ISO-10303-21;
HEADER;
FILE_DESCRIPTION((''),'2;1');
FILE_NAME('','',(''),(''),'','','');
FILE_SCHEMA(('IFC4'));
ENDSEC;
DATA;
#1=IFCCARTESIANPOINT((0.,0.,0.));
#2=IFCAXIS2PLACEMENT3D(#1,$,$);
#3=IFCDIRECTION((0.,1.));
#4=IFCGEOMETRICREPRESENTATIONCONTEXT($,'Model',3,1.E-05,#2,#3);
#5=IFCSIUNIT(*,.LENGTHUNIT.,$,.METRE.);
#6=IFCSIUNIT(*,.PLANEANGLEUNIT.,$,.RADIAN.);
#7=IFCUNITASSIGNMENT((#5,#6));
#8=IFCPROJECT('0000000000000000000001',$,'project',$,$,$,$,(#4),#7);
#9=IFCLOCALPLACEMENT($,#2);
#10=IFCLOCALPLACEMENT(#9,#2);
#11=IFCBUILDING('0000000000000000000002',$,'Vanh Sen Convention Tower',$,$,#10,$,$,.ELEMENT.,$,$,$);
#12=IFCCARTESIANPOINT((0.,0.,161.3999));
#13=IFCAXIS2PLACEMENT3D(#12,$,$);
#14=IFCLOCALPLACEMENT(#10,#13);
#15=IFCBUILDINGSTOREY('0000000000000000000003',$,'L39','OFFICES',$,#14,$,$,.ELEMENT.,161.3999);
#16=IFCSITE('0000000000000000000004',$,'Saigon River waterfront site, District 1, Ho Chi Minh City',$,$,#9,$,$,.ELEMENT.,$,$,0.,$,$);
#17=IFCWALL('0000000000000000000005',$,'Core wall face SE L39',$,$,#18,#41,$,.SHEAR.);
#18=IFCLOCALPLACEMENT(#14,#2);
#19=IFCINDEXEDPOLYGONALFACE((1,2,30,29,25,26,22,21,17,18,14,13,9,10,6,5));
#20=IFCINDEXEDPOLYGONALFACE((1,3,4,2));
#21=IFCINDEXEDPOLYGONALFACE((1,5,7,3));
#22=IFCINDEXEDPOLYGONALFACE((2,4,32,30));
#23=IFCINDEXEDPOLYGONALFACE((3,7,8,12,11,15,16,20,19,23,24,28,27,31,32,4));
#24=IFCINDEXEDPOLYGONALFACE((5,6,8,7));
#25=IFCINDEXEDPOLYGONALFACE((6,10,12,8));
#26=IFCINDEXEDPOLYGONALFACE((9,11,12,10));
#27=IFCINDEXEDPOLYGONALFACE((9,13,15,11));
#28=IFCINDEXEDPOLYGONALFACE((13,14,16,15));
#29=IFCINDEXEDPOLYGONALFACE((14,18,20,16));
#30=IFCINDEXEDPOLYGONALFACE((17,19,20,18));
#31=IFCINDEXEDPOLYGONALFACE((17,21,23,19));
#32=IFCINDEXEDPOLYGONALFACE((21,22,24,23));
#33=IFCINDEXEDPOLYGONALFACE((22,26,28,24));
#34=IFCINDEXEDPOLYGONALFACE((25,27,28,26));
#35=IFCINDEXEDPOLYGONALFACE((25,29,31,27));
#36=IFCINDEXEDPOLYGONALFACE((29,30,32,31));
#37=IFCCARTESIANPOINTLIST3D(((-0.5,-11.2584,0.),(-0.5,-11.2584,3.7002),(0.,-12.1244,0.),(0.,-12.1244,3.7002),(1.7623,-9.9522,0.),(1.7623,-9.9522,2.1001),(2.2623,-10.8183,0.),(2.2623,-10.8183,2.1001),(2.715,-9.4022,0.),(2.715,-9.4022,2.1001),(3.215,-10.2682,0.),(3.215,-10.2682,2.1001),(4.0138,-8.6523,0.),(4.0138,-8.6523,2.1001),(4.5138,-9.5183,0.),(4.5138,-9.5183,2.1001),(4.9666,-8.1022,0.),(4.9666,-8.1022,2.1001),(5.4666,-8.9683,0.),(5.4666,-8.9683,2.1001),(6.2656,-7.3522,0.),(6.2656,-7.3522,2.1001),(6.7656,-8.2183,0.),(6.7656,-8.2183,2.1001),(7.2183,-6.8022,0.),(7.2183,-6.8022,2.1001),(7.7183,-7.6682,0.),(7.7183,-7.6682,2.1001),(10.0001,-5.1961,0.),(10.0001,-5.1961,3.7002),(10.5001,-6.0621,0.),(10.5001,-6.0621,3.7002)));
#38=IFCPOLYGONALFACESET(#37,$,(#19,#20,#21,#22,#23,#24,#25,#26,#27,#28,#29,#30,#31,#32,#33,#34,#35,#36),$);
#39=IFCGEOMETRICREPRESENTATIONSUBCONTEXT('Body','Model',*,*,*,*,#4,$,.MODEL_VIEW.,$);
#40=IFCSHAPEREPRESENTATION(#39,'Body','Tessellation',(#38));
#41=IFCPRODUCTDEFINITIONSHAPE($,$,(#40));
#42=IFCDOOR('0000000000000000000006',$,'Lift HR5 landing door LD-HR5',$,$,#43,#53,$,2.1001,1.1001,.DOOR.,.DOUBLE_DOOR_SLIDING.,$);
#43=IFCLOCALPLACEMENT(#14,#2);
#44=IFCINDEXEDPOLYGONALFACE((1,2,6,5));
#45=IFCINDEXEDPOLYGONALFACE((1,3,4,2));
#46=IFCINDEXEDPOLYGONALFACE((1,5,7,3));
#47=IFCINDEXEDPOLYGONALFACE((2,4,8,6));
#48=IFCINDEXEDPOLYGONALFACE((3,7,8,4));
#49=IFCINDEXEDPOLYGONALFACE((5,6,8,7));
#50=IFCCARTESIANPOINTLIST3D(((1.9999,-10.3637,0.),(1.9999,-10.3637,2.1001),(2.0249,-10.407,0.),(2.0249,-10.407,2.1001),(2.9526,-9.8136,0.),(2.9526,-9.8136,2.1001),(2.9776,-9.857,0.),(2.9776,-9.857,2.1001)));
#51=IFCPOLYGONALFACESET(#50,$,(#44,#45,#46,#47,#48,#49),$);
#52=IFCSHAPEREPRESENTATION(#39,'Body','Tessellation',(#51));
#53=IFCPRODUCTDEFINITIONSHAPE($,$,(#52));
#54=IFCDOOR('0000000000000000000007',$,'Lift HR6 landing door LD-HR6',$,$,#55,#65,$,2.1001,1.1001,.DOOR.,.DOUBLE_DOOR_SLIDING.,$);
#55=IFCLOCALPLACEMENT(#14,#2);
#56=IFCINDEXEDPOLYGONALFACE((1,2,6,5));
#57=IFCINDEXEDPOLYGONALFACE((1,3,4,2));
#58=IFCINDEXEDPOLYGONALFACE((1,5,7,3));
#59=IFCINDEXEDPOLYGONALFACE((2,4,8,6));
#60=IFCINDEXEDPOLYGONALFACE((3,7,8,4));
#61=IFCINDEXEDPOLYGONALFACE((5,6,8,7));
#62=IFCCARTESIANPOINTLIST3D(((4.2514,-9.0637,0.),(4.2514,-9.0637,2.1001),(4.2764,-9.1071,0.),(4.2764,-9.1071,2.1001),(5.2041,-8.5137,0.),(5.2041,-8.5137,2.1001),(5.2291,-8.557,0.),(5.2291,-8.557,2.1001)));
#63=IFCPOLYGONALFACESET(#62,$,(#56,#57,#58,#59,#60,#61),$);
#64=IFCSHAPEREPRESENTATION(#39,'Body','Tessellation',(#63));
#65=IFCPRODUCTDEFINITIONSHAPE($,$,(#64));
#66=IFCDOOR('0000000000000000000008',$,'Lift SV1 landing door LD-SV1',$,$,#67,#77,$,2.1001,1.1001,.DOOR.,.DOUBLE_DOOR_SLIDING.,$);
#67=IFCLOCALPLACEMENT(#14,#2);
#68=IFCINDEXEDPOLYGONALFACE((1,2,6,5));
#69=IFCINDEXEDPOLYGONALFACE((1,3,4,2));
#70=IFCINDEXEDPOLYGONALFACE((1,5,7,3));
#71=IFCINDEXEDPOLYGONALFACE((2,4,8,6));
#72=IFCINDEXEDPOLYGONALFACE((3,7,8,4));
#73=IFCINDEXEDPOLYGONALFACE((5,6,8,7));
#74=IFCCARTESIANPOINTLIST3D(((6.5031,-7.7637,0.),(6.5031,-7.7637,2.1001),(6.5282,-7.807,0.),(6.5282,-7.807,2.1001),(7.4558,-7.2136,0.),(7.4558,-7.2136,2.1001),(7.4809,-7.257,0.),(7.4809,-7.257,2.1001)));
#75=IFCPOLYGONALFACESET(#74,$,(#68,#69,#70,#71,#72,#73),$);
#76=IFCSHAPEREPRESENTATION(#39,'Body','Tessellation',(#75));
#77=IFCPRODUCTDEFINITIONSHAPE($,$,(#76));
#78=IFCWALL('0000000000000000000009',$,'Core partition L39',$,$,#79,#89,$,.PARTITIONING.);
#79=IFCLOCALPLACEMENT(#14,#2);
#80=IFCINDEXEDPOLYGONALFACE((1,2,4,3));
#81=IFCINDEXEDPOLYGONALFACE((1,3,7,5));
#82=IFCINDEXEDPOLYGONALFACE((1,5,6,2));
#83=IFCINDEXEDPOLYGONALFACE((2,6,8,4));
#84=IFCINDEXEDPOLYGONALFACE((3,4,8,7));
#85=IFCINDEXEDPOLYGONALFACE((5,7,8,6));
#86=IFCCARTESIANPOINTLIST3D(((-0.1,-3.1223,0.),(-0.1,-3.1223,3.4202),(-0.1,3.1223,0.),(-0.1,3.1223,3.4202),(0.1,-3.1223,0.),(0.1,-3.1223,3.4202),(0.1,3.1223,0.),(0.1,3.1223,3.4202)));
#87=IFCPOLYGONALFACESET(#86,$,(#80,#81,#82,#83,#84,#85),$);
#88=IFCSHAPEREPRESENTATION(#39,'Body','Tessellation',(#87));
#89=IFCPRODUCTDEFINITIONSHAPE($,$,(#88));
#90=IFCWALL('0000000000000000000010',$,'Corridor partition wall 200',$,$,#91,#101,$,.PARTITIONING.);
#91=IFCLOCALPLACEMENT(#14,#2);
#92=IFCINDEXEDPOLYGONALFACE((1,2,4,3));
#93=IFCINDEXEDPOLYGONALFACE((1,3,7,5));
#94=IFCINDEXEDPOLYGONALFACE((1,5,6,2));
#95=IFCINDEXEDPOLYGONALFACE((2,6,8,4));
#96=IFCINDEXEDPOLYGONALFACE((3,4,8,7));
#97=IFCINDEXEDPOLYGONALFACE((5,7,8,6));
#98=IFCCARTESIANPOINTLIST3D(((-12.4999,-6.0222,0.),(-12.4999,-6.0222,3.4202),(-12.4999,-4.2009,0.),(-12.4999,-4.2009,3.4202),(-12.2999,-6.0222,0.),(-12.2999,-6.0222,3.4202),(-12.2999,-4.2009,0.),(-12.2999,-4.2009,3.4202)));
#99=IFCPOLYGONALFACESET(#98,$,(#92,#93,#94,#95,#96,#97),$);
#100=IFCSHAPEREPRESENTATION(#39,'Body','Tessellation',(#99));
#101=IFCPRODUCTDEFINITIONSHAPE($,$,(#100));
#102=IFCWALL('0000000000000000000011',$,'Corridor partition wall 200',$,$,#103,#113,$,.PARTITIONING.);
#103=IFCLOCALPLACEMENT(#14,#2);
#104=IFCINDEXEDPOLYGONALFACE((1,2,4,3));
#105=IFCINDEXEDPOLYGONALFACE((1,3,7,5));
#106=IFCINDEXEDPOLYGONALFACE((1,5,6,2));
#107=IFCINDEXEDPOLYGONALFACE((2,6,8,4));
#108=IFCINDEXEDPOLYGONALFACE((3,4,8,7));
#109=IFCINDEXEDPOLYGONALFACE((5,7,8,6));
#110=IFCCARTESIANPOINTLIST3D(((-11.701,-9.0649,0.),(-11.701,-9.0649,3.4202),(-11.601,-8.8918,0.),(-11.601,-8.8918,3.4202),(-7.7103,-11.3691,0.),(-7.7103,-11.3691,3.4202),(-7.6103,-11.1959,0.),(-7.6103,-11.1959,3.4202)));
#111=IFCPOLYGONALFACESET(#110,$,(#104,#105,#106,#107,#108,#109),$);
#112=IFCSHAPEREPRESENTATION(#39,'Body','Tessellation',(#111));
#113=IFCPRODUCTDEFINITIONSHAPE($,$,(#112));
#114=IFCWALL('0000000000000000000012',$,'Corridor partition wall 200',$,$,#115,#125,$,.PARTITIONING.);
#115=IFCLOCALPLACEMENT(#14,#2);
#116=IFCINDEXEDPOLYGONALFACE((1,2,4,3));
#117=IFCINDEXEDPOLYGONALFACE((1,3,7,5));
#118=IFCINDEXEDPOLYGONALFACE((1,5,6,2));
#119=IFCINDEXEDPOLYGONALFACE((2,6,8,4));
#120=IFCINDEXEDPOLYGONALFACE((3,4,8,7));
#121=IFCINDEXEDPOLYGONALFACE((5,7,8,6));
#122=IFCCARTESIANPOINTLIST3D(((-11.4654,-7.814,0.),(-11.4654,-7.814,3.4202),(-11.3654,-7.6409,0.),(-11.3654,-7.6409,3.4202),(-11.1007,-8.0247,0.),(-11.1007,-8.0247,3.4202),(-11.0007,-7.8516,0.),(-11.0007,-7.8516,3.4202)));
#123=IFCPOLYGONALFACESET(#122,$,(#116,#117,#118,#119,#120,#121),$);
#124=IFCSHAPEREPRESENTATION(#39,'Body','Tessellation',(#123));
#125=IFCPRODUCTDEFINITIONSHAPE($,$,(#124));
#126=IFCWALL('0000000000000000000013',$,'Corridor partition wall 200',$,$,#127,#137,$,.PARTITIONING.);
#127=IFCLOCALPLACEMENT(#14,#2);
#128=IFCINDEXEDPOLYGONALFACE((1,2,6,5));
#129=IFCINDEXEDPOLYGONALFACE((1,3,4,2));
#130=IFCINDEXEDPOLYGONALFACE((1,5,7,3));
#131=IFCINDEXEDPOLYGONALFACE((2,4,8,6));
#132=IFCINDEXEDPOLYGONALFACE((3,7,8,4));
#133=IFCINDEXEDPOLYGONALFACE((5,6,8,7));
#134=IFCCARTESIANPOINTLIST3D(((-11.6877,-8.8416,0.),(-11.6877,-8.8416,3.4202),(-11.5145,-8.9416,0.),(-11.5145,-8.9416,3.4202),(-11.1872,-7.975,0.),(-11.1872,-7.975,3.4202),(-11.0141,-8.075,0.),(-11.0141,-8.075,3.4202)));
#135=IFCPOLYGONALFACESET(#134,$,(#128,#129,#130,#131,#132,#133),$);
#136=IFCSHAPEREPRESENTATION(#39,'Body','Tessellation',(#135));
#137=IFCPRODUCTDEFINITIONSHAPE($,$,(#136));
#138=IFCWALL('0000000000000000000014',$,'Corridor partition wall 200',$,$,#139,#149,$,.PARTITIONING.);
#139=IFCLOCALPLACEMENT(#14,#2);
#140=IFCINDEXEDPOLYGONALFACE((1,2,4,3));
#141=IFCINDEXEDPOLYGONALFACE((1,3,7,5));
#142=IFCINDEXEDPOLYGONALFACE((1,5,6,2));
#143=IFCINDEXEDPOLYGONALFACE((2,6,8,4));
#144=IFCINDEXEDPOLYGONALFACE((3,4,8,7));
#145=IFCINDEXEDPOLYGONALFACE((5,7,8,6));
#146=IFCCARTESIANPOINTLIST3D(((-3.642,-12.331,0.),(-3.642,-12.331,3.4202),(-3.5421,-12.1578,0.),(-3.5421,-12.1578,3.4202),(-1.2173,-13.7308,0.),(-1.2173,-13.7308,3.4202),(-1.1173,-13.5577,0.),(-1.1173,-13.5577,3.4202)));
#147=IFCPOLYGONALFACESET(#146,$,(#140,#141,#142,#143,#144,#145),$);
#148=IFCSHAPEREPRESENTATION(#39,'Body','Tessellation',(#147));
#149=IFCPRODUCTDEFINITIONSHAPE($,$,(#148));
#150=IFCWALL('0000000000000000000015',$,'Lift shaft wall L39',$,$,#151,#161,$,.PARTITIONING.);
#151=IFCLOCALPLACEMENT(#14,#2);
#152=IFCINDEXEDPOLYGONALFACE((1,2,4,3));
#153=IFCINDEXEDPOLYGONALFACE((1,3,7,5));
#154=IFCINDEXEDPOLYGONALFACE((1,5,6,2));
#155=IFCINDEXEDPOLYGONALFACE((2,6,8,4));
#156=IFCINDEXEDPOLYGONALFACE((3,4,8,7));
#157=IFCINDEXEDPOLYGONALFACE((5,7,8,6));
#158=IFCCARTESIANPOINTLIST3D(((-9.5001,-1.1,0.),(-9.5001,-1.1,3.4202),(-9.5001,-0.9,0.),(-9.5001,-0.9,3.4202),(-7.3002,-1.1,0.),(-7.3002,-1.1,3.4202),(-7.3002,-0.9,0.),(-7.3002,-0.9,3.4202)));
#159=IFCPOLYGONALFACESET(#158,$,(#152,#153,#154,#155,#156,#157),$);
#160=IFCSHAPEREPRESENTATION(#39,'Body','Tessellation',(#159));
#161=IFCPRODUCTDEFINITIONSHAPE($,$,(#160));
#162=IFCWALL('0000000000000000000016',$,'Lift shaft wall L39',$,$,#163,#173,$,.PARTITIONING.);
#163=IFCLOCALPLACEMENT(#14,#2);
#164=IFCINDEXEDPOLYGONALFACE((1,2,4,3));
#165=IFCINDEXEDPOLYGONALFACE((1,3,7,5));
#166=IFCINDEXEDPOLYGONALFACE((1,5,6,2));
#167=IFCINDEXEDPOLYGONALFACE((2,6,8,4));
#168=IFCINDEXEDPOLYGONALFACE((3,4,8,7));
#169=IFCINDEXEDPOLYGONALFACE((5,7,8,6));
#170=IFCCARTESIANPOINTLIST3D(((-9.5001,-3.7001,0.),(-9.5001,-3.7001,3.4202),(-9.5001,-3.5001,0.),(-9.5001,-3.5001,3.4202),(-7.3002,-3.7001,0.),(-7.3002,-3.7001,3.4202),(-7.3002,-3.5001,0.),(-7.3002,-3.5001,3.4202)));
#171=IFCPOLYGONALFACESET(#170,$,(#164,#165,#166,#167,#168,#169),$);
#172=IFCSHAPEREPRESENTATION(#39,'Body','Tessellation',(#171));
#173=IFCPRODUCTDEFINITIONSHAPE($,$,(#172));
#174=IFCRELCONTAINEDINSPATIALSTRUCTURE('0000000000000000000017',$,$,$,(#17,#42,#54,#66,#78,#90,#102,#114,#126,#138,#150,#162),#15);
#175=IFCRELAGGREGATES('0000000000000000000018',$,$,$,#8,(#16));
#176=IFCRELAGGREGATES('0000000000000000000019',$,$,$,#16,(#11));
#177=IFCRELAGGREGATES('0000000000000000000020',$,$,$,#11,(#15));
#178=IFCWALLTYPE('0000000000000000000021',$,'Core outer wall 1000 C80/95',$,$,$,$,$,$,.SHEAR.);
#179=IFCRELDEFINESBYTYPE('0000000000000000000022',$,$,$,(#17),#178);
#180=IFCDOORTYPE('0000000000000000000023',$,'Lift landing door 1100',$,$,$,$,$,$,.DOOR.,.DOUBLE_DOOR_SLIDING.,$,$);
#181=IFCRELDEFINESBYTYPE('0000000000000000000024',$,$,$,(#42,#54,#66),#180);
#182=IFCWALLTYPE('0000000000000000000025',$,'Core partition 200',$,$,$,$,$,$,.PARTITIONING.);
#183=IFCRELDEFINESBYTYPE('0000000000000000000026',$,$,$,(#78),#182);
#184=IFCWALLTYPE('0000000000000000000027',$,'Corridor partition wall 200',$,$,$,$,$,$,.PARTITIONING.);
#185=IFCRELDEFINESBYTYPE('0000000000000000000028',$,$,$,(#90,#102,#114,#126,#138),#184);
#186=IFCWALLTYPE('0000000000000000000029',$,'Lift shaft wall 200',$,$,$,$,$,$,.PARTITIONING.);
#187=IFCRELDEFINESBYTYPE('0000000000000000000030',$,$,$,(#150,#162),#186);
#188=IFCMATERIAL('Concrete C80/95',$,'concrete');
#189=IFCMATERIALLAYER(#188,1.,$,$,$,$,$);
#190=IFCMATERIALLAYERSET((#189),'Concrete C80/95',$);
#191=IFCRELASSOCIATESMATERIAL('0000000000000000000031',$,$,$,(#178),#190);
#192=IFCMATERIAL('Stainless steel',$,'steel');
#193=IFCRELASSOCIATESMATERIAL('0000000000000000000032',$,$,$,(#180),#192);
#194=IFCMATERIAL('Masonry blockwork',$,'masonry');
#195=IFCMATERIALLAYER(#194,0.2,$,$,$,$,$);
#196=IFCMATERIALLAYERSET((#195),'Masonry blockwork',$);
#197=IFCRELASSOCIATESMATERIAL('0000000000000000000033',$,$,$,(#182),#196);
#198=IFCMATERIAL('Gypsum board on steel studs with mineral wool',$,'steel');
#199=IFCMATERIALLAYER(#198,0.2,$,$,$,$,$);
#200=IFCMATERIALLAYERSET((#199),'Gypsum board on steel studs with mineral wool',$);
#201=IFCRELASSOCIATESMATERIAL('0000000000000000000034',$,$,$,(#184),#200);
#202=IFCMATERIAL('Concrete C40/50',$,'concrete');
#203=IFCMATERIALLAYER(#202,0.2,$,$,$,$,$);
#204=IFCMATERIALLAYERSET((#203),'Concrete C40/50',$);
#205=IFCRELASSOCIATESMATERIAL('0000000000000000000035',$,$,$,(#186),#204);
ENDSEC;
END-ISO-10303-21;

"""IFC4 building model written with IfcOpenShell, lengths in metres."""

from ifc_helpers import new_model, si_unit, direction, frame, frame_2d, origin, place, context, subcontext, project, spatial, rectangle, extrude, material, layer, layer_set, type_object, element, fill, save


model = new_model("IFC4")

# Units and contexts
model_context = context("Model", 3, precision=1e-05, world=origin(), true_north=direction((0.0, 1.0)))
body_context = subcontext(model_context, "Body", "Model", "MODEL_VIEW")
ifc_project = project(units=[si_unit("LENGTHUNIT", "METRE"), si_unit("PLANEANGLEUNIT", "RADIAN")], contexts=[model_context])

# Site, building, storey
site_placement = place(None, origin())
site = spatial("IfcSite", under=ifc_project, at=site_placement, Name="Saigon River waterfront site, District 1, Ho Chi Minh City", CompositionType="ELEMENT", RefElevation=0.0)
building_placement = place(site_placement, origin())
building = spatial("IfcBuilding", under=site, at=building_placement, Name="Vanh Sen Convention Tower", CompositionType="ELEMENT")
storey_placement = place(building_placement, frame((0.0, 0.0, 161.3999)))
storey = spatial("IfcBuildingStorey", under=building, at=storey_placement, Name="L39", Description="OFFICES", CompositionType="ELEMENT", Elevation=161.3999)

# Wall, openings, doors
ifc_material_1 = material(Name="Concrete C80/95", Category="concrete")
ifc_layer_1 = layer(ifc_material_1, 1.0)
ifc_layer_set_1 = layer_set([ifc_layer_1], Name="Concrete C80/95")
wall_type_1 = type_object("IfcWallType", Name="Core outer wall 1000 C80/95", PredefinedType="SHEAR", material=ifc_layer_set_1)
ifc_material_2 = material(Name="Stainless steel", Category="steel")
door_type_1 = type_object("IfcDoorType", Name="Lift landing door 1100", OperationType="DOUBLE_DOOR_SLIDING", PredefinedType="DOOR", material=ifc_material_2)
wall_1_placement = place(storey_placement, frame((-0.25, -11.6914, 0.0), z_axis=(0.0, 0.0, 1.0), x_axis=(0.866023, 0.500005, 0.0)))
wall_1 = element("IfcWall", 1, at=wall_1_placement, inside=storey, type_object=wall_type_1, Name="Core wall face SE L39", PredefinedType="SHEAR", context=body_context, shape_type="SweptSolid", body=[
    extrude(rectangle(XDim=12.1245, YDim=1.0, at=frame_2d((6.0623, 0.0))), origin(), (0.0, 0.0, 1.0), 3.7002),
])
opening_1_placement = place(wall_1_placement, frame((2.6123, 0.0, 0.0)))
opening_1 = element("IfcOpeningElement", 2, at=opening_1_placement, cuts=wall_1, PredefinedType="OPENING", context=body_context, shape_type="SweptSolid", body=[
    extrude(rectangle(XDim=1.1001, YDim=2.1001, at=frame_2d((0.55, 1.05))), frame((0.0, 0.51, 0.0), z_axis=(0.0, -1.0, 0.0), x_axis=(1.0, 0.0, 0.0)), (0.0, 0.0, 1.0), 1.02),
])
opening_2_placement = place(wall_1_placement, frame((5.2122, 0.0, 0.0)))
opening_2 = element("IfcOpeningElement", 3, at=opening_2_placement, cuts=wall_1, PredefinedType="OPENING", context=body_context, shape_type="SweptSolid", body=[
    extrude(rectangle(XDim=1.1001, YDim=2.1001, at=frame_2d((0.55, 1.05))), frame((0.0, 0.51, 0.0), z_axis=(0.0, -1.0, 0.0), x_axis=(1.0, 0.0, 0.0)), (0.0, 0.0, 1.0), 1.02),
])
opening_3_placement = place(wall_1_placement, frame((7.8123, 0.0, 0.0)))
opening_3 = element("IfcOpeningElement", 4, at=opening_3_placement, cuts=wall_1, PredefinedType="OPENING", context=body_context, shape_type="SweptSolid", body=[
    extrude(rectangle(XDim=1.1001, YDim=2.1001, at=frame_2d((0.55, 1.05))), frame((0.0, 0.51, 0.0), z_axis=(0.0, -1.0, 0.0), x_axis=(1.0, 0.0, 0.0)), (0.0, 0.0, 1.0), 1.02),
])
door_1_placement = place(opening_1_placement, origin())
door_1 = element("IfcDoor", 5, at=door_1_placement, inside=storey, type_object=door_type_1, Name="Lift HR5 landing door LD-HR5", OperationType="DOUBLE_DOOR_SLIDING", OverallHeight=2.1001, OverallWidth=1.1001, PredefinedType="DOOR", context=body_context, shape_type="SweptSolid", body=[
    extrude(rectangle(XDim=1.1001, YDim=2.1001, at=frame_2d((0.55, 1.05))), frame((0.0, 0.0249, 0.0), z_axis=(0.0, -1.0, 0.0), x_axis=(1.0, 0.0, 0.0)), (0.0, 0.0, 1.0), 0.05),
])
fill(opening_1, door_1)
door_2_placement = place(opening_2_placement, origin())
door_2 = element("IfcDoor", 6, at=door_2_placement, inside=storey, type_object=door_type_1, Name="Lift HR6 landing door LD-HR6", OperationType="DOUBLE_DOOR_SLIDING", OverallHeight=2.1001, OverallWidth=1.1001, PredefinedType="DOOR", context=body_context, shape_type="SweptSolid", body=[
    extrude(rectangle(XDim=1.1001, YDim=2.1001, at=frame_2d((0.55, 1.05))), frame((0.0, 0.0249, 0.0), z_axis=(0.0, -1.0, 0.0), x_axis=(1.0, 0.0, 0.0)), (0.0, 0.0, 1.0), 0.05),
])
fill(opening_2, door_2)
door_3_placement = place(opening_3_placement, origin())
door_3 = element("IfcDoor", 7, at=door_3_placement, inside=storey, type_object=door_type_1, Name="Lift SV1 landing door LD-SV1", OperationType="DOUBLE_DOOR_SLIDING", OverallHeight=2.1001, OverallWidth=1.1001, PredefinedType="DOOR", context=body_context, shape_type="SweptSolid", body=[
    extrude(rectangle(XDim=1.1001, YDim=2.1001, at=frame_2d((0.55, 1.05))), frame((0.0, 0.0249, 0.0), z_axis=(0.0, -1.0, 0.0), x_axis=(1.0, 0.0, 0.0)), (0.0, 0.0, 1.0), 0.05),
])
fill(opening_3, door_3)

# Walls
ifc_material_3 = material(Name="Masonry blockwork", Category="masonry")
ifc_layer_2 = layer(ifc_material_3, 0.2)
ifc_layer_set_2 = layer_set([ifc_layer_2], Name="Masonry blockwork")
wall_type_2 = type_object("IfcWallType", Name="Core partition 200", PredefinedType="PARTITIONING", material=ifc_layer_set_2)
wall_2_placement = place(storey_placement, frame((0.0, -3.1223, 0.0), z_axis=(0.0, 0.0, 1.0), x_axis=(0.0, 1.0, 0.0)))
element("IfcWall", 8, at=wall_2_placement, inside=storey, type_object=wall_type_2, Name="Core partition L39", PredefinedType="PARTITIONING", context=body_context, shape_type="SweptSolid", body=[
    extrude(rectangle(XDim=6.2446, YDim=0.2, at=frame_2d((3.1223, 0.0))), origin(), (0.0, 0.0, 1.0), 3.4202),
])
ifc_material_4 = material(Name="Gypsum board on steel studs with mineral wool", Category="steel")
ifc_layer_3 = layer(ifc_material_4, 0.2)
ifc_layer_set_3 = layer_set([ifc_layer_3], Name="Gypsum board on steel studs with mineral wool")
wall_type_3 = type_object("IfcWallType", Name="Corridor partition wall 200", PredefinedType="PARTITIONING", material=ifc_layer_set_3)
wall_3_placement = place(storey_placement, frame((-12.3999, -4.2009, 0.0), z_axis=(0.0, 0.0, 1.0), x_axis=(0.0, -1.0, 0.0)))
element("IfcWall", 9, at=wall_3_placement, inside=storey, type_object=wall_type_3, Name="Corridor partition wall 200", PredefinedType="PARTITIONING", context=body_context, shape_type="SweptSolid", body=[
    extrude(rectangle(XDim=1.8213, YDim=0.2, at=frame_2d((0.9106, 0.0))), origin(), (0.0, 0.0, 1.0), 3.4202),
])
wall_4_placement = place(storey_placement, frame((-11.6511, -8.9783, 0.0), z_axis=(0.0, 0.0, 1.0), x_axis=(0.866011, -0.500025, 0.0)))
element("IfcWall", 10, at=wall_4_placement, inside=storey, type_object=wall_type_3, Name="Corridor partition wall 200", PredefinedType="PARTITIONING", context=body_context, shape_type="SweptSolid", body=[
    extrude(rectangle(XDim=4.6082, YDim=0.2, at=frame_2d((2.3042, 0.0))), origin(), (0.0, 0.0, 1.0), 3.4202),
])
wall_5_placement = place(storey_placement, frame((-11.4153, -7.7275, 0.0), z_axis=(0.0, 0.0, 1.0), x_axis=(0.865915, -0.500191, 0.0)))
element("IfcWall", 11, at=wall_5_placement, inside=storey, type_object=wall_type_3, Name="Corridor partition wall 200", PredefinedType="PARTITIONING", context=body_context, shape_type="SweptSolid", body=[
    extrude(rectangle(XDim=0.4211, YDim=0.2, at=frame_2d((0.2104, 0.0))), origin(), (0.0, 0.0, 1.0), 3.4202),
])
wall_6_placement = place(storey_placement, frame((-11.1006, -8.0249, 0.0), z_axis=(0.0, 0.0, 1.0), x_axis=(-0.500074, -0.865982, 0.0)))
element("IfcWall", 12, at=wall_6_placement, inside=storey, type_object=wall_type_3, Name="Corridor partition wall 200", PredefinedType="PARTITIONING", context=body_context, shape_type="SweptSolid", body=[
    extrude(rectangle(XDim=1.0007, YDim=0.2, at=frame_2d((0.5005, 0.0))), origin(), (0.0, 0.0, 1.0), 3.4202),
])
wall_7_placement = place(storey_placement, frame((-3.592, -12.2444, 0.0), z_axis=(0.0, 0.0, 1.0), x_axis=(0.866035, -0.499984, 0.0)))
element("IfcWall", 13, at=wall_7_placement, inside=storey, type_object=wall_type_3, Name="Corridor partition wall 200", PredefinedType="PARTITIONING", context=body_context, shape_type="SweptSolid", body=[
    extrude(rectangle(XDim=2.7998, YDim=0.2, at=frame_2d((1.3999, 0.0))), origin(), (0.0, 0.0, 1.0), 3.4202),
])
ifc_material_5 = material(Name="Concrete C40/50", Category="concrete")
ifc_layer_4 = layer(ifc_material_5, 0.2)
ifc_layer_set_4 = layer_set([ifc_layer_4], Name="Concrete C40/50")
wall_type_4 = type_object("IfcWallType", Name="Lift shaft wall 200", PredefinedType="PARTITIONING", material=ifc_layer_set_4)
for number, where, z_axis, x_axis, name in (
    (14, (-7.3, -1.0, 0.0), (0.0, 0.0, 1.0), (-1.0, 0.0, 0.0), "Lift shaft wall L39"),
    (15, (-7.3, -3.6001, 0.0), (0.0, 0.0, 1.0), (-1.0, 0.0, 0.0), "Lift shaft wall L39"),
):
    element("IfcWall", number, at=place(storey_placement, frame(where, z_axis=z_axis, x_axis=x_axis)), inside=storey, type_object=wall_type_4, Name=name, PredefinedType="PARTITIONING", context=body_context, shape_type="SweptSolid", body=[
        extrude(rectangle(XDim=2.2, YDim=0.2, at=frame_2d((1.1001, 0.0))), origin(), (0.0, 0.0, 1.0), 3.4202),
    ])

save(model, "model.ifc")
